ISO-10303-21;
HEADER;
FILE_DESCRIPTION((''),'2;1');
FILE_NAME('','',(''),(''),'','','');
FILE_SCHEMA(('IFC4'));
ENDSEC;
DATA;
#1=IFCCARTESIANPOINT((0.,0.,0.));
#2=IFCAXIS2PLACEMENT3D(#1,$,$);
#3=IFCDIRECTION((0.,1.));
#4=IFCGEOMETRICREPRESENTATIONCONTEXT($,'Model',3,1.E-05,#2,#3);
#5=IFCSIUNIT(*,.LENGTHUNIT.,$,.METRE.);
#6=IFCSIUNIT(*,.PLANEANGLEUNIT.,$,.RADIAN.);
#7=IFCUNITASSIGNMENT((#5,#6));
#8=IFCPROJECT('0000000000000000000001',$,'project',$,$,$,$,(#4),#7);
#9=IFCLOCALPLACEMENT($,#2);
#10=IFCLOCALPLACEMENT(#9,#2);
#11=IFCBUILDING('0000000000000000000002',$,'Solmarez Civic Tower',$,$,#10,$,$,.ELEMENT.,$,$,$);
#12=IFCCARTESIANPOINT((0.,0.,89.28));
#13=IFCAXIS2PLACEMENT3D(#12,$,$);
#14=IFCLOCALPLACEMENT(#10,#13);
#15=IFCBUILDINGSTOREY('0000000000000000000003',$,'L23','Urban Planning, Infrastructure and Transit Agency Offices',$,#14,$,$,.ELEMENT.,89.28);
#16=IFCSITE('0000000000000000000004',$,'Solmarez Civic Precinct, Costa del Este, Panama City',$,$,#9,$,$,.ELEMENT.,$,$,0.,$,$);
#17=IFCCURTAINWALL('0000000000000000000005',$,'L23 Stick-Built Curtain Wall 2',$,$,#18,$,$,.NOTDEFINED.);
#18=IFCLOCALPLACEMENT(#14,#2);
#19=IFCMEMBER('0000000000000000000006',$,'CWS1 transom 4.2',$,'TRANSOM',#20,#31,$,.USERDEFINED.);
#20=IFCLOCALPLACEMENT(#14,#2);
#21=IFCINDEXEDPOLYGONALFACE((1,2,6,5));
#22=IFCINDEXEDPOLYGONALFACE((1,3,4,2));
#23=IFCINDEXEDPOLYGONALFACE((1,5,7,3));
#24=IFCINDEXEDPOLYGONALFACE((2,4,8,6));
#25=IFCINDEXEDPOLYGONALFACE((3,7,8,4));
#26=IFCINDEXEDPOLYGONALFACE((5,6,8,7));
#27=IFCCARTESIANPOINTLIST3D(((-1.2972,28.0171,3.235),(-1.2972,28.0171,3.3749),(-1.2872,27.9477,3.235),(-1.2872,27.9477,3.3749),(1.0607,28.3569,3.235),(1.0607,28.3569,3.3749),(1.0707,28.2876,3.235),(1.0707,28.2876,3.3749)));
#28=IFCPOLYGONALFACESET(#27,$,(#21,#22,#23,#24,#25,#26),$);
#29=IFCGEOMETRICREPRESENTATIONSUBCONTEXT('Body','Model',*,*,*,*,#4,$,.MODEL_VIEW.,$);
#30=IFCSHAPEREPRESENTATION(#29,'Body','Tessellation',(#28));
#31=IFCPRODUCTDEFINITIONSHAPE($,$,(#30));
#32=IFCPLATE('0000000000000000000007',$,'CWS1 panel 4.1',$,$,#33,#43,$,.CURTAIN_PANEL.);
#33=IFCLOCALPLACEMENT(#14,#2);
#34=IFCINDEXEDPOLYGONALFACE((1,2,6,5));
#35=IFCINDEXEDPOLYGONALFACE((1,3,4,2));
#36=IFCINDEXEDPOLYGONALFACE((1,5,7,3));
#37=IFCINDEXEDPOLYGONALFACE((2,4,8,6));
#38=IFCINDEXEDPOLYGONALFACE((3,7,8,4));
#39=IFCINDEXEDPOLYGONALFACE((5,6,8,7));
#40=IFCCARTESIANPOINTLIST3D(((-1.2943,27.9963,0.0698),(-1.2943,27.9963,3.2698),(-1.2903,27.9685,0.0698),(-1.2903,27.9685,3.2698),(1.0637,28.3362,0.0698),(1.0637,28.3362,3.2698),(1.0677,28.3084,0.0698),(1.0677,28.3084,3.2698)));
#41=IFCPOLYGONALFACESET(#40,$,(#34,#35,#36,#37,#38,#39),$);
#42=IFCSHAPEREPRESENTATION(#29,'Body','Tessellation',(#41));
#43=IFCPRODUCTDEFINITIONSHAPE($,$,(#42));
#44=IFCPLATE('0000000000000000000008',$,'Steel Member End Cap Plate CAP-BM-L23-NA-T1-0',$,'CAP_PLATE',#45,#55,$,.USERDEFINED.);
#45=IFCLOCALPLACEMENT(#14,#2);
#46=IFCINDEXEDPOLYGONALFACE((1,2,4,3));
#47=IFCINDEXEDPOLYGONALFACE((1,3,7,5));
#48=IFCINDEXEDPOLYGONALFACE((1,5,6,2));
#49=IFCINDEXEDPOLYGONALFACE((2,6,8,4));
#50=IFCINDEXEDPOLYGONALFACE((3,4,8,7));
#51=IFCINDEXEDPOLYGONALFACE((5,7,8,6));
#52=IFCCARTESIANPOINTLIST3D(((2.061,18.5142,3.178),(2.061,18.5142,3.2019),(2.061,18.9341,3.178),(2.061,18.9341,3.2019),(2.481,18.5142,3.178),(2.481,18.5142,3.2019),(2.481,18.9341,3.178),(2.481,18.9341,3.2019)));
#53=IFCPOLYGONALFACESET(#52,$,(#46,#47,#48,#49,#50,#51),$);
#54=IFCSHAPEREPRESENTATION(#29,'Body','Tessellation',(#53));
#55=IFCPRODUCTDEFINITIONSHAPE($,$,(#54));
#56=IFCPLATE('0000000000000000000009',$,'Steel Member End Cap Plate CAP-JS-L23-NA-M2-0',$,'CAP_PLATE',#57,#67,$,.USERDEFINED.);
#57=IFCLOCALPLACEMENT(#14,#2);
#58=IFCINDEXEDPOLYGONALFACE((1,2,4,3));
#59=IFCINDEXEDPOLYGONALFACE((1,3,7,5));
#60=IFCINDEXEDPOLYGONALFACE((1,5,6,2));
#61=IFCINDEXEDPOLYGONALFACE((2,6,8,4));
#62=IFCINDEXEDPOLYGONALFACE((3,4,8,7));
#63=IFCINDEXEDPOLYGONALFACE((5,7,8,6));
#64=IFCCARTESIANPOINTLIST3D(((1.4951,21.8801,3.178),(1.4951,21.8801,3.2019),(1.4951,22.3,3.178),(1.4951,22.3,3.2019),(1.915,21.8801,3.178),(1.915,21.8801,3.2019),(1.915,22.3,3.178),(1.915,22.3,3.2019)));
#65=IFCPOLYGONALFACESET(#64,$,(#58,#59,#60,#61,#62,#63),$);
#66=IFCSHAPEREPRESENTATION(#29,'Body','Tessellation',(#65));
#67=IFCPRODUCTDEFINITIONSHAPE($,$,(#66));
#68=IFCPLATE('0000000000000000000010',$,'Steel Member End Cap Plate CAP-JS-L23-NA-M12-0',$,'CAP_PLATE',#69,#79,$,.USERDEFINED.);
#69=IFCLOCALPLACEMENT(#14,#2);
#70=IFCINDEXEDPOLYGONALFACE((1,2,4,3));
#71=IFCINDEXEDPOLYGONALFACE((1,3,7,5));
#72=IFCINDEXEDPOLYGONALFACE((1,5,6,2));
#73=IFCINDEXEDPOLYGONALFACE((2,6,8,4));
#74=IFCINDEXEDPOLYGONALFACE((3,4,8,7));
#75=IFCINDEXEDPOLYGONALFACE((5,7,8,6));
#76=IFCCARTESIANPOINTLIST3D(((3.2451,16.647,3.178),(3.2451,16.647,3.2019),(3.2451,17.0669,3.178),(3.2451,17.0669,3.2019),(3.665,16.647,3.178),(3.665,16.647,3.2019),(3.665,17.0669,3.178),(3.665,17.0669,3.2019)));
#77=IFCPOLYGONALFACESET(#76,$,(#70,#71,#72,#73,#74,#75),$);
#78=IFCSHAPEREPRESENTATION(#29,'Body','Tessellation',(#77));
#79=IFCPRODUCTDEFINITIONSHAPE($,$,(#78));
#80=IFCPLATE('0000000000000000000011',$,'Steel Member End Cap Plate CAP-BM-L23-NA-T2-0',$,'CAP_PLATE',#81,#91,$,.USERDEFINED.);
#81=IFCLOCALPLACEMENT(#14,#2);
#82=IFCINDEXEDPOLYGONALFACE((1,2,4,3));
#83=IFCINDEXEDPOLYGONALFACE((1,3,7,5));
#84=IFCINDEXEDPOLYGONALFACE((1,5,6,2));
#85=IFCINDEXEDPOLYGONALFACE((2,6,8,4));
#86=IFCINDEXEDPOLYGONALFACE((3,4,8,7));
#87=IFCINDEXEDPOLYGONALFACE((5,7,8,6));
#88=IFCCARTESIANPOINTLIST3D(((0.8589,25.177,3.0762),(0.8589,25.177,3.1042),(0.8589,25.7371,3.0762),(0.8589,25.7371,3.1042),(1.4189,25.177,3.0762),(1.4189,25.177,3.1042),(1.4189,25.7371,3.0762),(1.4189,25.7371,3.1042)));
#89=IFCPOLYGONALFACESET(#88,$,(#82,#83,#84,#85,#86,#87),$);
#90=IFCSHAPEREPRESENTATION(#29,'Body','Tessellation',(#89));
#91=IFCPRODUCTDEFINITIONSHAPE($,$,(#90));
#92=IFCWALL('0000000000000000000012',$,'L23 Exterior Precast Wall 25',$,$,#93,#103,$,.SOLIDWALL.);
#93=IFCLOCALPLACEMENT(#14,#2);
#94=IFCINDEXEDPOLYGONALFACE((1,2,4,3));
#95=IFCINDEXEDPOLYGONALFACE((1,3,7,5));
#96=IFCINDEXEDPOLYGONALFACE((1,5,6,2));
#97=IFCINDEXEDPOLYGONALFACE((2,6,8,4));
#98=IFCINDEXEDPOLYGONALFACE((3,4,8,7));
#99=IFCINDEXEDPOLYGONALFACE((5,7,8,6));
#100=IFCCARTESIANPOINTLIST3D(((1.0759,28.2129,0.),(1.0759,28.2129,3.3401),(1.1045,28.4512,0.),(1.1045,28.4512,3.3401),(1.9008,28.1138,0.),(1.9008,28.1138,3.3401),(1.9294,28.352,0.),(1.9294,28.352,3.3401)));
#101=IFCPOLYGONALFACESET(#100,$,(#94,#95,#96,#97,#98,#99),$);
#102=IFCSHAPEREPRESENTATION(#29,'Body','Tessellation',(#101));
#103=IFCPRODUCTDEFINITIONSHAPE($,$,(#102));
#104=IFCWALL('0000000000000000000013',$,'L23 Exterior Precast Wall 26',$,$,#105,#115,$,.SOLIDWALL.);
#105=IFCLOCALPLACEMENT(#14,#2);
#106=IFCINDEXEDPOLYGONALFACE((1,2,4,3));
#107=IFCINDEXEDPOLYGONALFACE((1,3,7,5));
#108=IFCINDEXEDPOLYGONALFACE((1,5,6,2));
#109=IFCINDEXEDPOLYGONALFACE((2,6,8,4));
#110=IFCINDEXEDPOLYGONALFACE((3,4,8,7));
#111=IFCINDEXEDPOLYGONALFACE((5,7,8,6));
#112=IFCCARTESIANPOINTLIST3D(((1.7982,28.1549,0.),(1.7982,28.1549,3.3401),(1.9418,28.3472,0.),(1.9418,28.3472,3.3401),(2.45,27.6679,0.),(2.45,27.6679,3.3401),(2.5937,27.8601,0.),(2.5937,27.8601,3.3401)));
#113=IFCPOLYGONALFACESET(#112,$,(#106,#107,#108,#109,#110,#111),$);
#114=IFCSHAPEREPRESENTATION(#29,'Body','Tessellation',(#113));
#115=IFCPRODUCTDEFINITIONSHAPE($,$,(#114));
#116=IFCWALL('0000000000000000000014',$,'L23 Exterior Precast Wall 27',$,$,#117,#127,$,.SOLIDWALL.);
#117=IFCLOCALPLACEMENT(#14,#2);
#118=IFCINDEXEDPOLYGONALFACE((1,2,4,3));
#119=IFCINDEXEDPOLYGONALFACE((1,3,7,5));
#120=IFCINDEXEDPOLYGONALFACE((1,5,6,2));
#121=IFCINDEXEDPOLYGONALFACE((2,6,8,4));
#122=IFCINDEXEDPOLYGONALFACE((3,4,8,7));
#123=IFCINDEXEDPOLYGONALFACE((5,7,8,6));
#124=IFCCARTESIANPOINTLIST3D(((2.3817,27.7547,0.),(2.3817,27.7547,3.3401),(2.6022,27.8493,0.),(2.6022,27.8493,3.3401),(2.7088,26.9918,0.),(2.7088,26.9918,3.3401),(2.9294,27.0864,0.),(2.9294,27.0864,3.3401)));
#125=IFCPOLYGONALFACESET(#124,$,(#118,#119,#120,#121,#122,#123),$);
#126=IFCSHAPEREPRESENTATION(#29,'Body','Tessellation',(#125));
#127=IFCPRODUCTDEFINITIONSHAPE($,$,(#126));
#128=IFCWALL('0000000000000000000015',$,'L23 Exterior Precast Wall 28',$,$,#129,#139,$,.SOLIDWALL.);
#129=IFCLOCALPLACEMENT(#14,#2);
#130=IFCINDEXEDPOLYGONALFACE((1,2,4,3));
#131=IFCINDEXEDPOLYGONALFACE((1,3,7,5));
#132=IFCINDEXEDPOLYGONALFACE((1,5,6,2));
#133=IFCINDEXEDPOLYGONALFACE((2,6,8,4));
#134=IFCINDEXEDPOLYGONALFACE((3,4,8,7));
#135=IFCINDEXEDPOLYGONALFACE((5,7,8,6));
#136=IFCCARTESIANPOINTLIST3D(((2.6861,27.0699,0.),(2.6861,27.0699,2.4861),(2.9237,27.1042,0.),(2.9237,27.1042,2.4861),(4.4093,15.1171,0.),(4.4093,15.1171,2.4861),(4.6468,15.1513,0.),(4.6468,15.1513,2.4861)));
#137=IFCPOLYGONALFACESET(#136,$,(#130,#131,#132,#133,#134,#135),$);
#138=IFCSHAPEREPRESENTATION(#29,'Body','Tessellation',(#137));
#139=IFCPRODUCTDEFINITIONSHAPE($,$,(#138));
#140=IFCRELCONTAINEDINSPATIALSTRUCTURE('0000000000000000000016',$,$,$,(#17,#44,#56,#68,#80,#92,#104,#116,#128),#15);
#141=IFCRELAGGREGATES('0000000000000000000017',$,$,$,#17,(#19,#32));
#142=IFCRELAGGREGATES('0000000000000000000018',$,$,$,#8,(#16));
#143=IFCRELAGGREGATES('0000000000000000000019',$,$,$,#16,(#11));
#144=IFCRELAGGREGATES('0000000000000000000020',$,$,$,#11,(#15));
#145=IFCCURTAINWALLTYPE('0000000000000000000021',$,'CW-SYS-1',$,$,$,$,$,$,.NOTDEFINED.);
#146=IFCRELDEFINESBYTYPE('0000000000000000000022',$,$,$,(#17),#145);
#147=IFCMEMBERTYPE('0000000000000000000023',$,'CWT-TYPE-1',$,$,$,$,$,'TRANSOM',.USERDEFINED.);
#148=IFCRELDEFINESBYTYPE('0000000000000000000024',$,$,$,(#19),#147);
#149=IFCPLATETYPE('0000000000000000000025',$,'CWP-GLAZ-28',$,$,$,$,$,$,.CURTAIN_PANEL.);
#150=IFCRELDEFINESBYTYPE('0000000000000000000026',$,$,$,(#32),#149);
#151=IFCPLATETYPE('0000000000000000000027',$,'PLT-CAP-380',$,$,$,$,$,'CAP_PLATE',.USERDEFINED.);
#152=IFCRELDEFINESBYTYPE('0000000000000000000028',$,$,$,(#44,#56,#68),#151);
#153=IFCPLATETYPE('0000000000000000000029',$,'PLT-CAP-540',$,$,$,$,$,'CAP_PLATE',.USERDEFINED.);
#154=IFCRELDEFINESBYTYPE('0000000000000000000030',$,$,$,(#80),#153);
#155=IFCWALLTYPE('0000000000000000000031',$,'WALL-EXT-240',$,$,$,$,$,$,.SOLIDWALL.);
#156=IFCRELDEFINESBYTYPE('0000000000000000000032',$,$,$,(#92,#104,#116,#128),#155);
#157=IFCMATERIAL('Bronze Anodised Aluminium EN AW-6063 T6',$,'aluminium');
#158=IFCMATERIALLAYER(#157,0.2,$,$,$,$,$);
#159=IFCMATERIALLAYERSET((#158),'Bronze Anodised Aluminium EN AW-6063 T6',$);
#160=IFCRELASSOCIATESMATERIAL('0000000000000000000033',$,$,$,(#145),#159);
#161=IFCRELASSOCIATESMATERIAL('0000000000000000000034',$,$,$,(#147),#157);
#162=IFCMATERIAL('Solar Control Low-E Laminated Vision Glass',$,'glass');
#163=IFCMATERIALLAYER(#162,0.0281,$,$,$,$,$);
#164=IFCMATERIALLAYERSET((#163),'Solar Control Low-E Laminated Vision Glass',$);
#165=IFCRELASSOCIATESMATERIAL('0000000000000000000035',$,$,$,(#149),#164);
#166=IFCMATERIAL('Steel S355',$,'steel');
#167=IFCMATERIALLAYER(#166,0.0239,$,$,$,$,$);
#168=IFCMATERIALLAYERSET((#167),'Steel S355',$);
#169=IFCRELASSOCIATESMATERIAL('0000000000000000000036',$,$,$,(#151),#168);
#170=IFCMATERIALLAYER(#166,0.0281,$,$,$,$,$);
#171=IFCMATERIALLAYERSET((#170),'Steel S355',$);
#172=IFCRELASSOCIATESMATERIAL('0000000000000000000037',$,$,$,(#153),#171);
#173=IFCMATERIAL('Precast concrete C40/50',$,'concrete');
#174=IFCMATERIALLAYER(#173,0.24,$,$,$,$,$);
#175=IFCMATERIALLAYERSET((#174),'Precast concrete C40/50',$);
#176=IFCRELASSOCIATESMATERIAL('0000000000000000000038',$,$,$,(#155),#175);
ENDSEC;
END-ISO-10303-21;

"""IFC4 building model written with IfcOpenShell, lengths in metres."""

from ifc_helpers import new_model, si_unit, direction, frame, frame_2d, origin, origin_2d, place, context, subcontext, project, spatial, rectangle, extrude, material, layer, layer_set, material_profile, profile_set, type_object, element, aggregate, save


model = new_model("IFC4")

# Units and contexts
model_context = context("Model", 3, precision=1e-05, world=origin(), true_north=direction((0.0, 1.0)))
body_context = subcontext(model_context, "Body", "Model", "MODEL_VIEW")
ifc_project = project(units=[si_unit("LENGTHUNIT", "METRE"), si_unit("PLANEANGLEUNIT", "RADIAN")], contexts=[model_context])

# Site, building, storey
site_placement = place(None, origin())
site = spatial("IfcSite", under=ifc_project, at=site_placement, Name="Solmarez Civic Precinct, Costa del Este, Panama City", CompositionType="ELEMENT", RefElevation=0.0)
building_placement = place(site_placement, origin())
building = spatial("IfcBuilding", under=site, at=building_placement, Name="Solmarez Civic Tower", CompositionType="ELEMENT")
storey_placement = place(building_placement, frame((0.0, 0.0, 89.28)))
storey = spatial("IfcBuildingStorey", under=building, at=storey_placement, Name="L23", Description="Urban Planning, Infrastructure and Transit Agency Offices", CompositionType="ELEMENT", Elevation=89.28)

# Shared definitions
ifc_material_1 = material(Name="Steel S355", Category="steel")

# Curtain wall, member, plate
ifc_material_2 = material(Name="Bronze Anodised Aluminium EN AW-6063 T6", Category="aluminium")
ifc_layer_1 = layer(ifc_material_2, 0.2)
ifc_layer_set_1 = layer_set([ifc_layer_1], Name="Bronze Anodised Aluminium EN AW-6063 T6")
curtain_wall_type = type_object("IfcCurtainWallType", Name="CW-SYS-1", PredefinedType="NOTDEFINED", material=ifc_layer_set_1)
curtain_wall_placement = place(storey_placement, origin())
curtain_wall = element("IfcCurtainWall", 1, at=curtain_wall_placement, inside=storey, type_object=curtain_wall_type, Name="L23 Stick-Built Curtain Wall 2", PredefinedType="NOTDEFINED")
ifc_material_profile_1 = material_profile(ifc_material_2, rectangle(XDim=0.0701, YDim=0.1399, at=origin_2d()), Name="CWT-70X140")
ifc_profile_set_1 = profile_set([ifc_material_profile_1], Name="Bronze Anodised Aluminium EN AW-6063 T6")
member_type_1 = type_object("IfcMemberType", Name="CWT-TYPE-1", ElementType="TRANSOM", PredefinedType="USERDEFINED", material=ifc_profile_set_1)
member_1_placement = place(storey_placement, frame((-1.2922, 27.9824, 3.3049), z_axis=(0.989772, 0.142655, 0.0), x_axis=(-0.142655, 0.989772, 0.0)))
member_1 = element("IfcMember", 2, at=member_1_placement, type_object=member_type_1, Name="CWS1 transom 4.2", ObjectType="TRANSOM", PredefinedType="USERDEFINED", context=body_context, shape_type="SweptSolid", body=[
    extrude(rectangle(XDim=0.0701, YDim=0.1399, at=origin_2d()), origin(), (0.0, 0.0, 1.0), 2.3823),
])
ifc_material_3 = material(Name="Solar Control Low-E Laminated Vision Glass", Category="glass")
ifc_layer_2 = layer(ifc_material_3, 0.0281)
ifc_layer_set_2 = layer_set([ifc_layer_2], Name="Solar Control Low-E Laminated Vision Glass")
plate_type_1 = type_object("IfcPlateType", Name="CWP-GLAZ-28", PredefinedType="CURTAIN_PANEL", material=ifc_layer_set_2)
plate_1_placement = place(storey_placement, frame((-0.1133, 28.1523, 0.0698), z_axis=(0.0, 0.0, 1.0), x_axis=(0.989766, 0.142698, 0.0)))
plate_1 = element("IfcPlate", 3, at=plate_1_placement, type_object=plate_type_1, Name="CWS1 panel 4.1", PredefinedType="CURTAIN_PANEL", context=body_context, shape_type="SweptSolid", body=[
    extrude(rectangle(XDim=2.3823, YDim=0.0281, at=origin_2d()), origin(), (0.0, 0.0, 1.0), 3.2),
])
aggregate(curtain_wall, [member_1, plate_1])

# Plates
ifc_layer_3 = layer(ifc_material_1, 0.0239)
ifc_layer_set_3 = layer_set([ifc_layer_3], Name="Steel S355")
plate_type_2 = type_object("IfcPlateType", Name="PLT-CAP-380", ElementType="CAP_PLATE", PredefinedType="USERDEFINED", material=ifc_layer_set_3)
for number, where, z_axis, x_axis, name in (
    (4, (2.271, 18.7241, 3.178), (0.0, 0.0, 1.0), (1.0, 0.0, 0.0), "Steel Member End Cap Plate CAP-BM-L23-NA-T1-0"),
    (5, (1.7051, 22.0901, 3.178), (0.0, 0.0, 1.0), (1.0, 0.0, 0.0), "Steel Member End Cap Plate CAP-JS-L23-NA-M2-0"),
    (6, (3.4551, 16.8569, 3.178), (0.0, 0.0, 1.0), (1.0, 0.0, 0.0), "Steel Member End Cap Plate CAP-JS-L23-NA-M12-0"),
):
    element("IfcPlate", number, at=place(storey_placement, frame(where, z_axis=z_axis, x_axis=x_axis)), inside=storey, type_object=plate_type_2, Name=name, ObjectType="CAP_PLATE", PredefinedType="USERDEFINED", context=body_context, shape_type="SweptSolid", body=[
        extrude(rectangle(XDim=0.4199, YDim=0.4199, at=origin_2d()), origin(), (0.0, 0.0, 1.0), 0.0239),
    ])
ifc_layer_4 = layer(ifc_material_1, 0.0281)
ifc_layer_set_4 = layer_set([ifc_layer_4], Name="Steel S355")
plate_type_3 = type_object("IfcPlateType", Name="PLT-CAP-540", ElementType="CAP_PLATE", PredefinedType="USERDEFINED", material=ifc_layer_set_4)
plate_2_placement = place(storey_placement, frame((1.1389, 25.457, 3.0762), z_axis=(0.0, 0.0, 1.0), x_axis=(1.0, 0.0, 0.0)))
element("IfcPlate", 7, at=plate_2_placement, inside=storey, type_object=plate_type_3, Name="Steel Member End Cap Plate CAP-BM-L23-NA-T2-0", ObjectType="CAP_PLATE", PredefinedType="USERDEFINED", context=body_context, shape_type="SweptSolid", body=[
    extrude(rectangle(XDim=0.5601, YDim=0.5601, at=origin_2d()), origin(), (0.0, 0.0, 1.0), 0.0281),
])

# Walls
ifc_material_4 = material(Name="Precast concrete C40/50", Category="concrete")
ifc_layer_5 = layer(ifc_material_4, 0.24)
ifc_layer_set_5 = layer_set([ifc_layer_5], Name="Precast concrete C40/50")
wall_type = type_object("IfcWallType", Name="WALL-EXT-240", PredefinedType="SOLIDWALL", material=ifc_layer_set_5)
wall_1_placement = place(storey_placement, frame((1.0901, 28.332, 0.0), z_axis=(0.0, 0.0, 1.0), x_axis=(0.992859, -0.119296, 0.0)))
element("IfcWall", 8, at=wall_1_placement, inside=storey, type_object=wall_type, Name="L23 Exterior Precast Wall 25", PredefinedType="SOLIDWALL", context=body_context, shape_type="SweptSolid", body=[
    extrude(rectangle(XDim=0.8308, YDim=0.24, at=frame_2d((0.4155, 0.0))), origin(), (0.0, 0.0, 1.0), 3.3401),
])
wall_2_placement = place(storey_placement, frame((1.8701, 28.251, 0.0), z_axis=(0.0, 0.0, 1.0), x_axis=(0.801079, -0.598559, 0.0)))
element("IfcWall", 9, at=wall_2_placement, inside=storey, type_object=wall_type, Name="L23 Exterior Precast Wall 26", PredefinedType="SOLIDWALL", context=body_context, shape_type="SweptSolid", body=[
    extrude(rectangle(XDim=0.8137, YDim=0.24, at=frame_2d((0.4067, 0.0))), origin(), (0.0, 0.0, 1.0), 3.3401),
])
wall_3_placement = place(storey_placement, frame((2.4919, 27.802, 0.0), z_axis=(0.0, 0.0, 1.0), x_axis=(0.394097, -0.919069, 0.0)))
element("IfcWall", 10, at=wall_3_placement, inside=storey, type_object=wall_type, Name="L23 Exterior Precast Wall 27", PredefinedType="SOLIDWALL", context=body_context, shape_type="SweptSolid", body=[
    extrude(rectangle(XDim=0.8301, YDim=0.24, at=frame_2d((0.415, 0.0))), origin(), (0.0, 0.0, 1.0), 3.3401),
])
wall_4_placement = place(storey_placement, frame((2.8049, 27.0869, 0.0), z_axis=(0.0, 0.0, 1.0), x_axis=(0.142686, -0.989768, 0.0)))
element("IfcWall", 11, at=wall_4_placement, inside=storey, type_object=wall_type, Name="L23 Exterior Precast Wall 28", PredefinedType="SOLIDWALL", context=body_context, shape_type="SweptSolid", body=[
    extrude(rectangle(XDim=12.0764, YDim=0.24, at=frame_2d((6.0381, 0.0))), origin(), (0.0, 0.0, 1.0), 2.4861),
])

save(model, "model.ifc")
